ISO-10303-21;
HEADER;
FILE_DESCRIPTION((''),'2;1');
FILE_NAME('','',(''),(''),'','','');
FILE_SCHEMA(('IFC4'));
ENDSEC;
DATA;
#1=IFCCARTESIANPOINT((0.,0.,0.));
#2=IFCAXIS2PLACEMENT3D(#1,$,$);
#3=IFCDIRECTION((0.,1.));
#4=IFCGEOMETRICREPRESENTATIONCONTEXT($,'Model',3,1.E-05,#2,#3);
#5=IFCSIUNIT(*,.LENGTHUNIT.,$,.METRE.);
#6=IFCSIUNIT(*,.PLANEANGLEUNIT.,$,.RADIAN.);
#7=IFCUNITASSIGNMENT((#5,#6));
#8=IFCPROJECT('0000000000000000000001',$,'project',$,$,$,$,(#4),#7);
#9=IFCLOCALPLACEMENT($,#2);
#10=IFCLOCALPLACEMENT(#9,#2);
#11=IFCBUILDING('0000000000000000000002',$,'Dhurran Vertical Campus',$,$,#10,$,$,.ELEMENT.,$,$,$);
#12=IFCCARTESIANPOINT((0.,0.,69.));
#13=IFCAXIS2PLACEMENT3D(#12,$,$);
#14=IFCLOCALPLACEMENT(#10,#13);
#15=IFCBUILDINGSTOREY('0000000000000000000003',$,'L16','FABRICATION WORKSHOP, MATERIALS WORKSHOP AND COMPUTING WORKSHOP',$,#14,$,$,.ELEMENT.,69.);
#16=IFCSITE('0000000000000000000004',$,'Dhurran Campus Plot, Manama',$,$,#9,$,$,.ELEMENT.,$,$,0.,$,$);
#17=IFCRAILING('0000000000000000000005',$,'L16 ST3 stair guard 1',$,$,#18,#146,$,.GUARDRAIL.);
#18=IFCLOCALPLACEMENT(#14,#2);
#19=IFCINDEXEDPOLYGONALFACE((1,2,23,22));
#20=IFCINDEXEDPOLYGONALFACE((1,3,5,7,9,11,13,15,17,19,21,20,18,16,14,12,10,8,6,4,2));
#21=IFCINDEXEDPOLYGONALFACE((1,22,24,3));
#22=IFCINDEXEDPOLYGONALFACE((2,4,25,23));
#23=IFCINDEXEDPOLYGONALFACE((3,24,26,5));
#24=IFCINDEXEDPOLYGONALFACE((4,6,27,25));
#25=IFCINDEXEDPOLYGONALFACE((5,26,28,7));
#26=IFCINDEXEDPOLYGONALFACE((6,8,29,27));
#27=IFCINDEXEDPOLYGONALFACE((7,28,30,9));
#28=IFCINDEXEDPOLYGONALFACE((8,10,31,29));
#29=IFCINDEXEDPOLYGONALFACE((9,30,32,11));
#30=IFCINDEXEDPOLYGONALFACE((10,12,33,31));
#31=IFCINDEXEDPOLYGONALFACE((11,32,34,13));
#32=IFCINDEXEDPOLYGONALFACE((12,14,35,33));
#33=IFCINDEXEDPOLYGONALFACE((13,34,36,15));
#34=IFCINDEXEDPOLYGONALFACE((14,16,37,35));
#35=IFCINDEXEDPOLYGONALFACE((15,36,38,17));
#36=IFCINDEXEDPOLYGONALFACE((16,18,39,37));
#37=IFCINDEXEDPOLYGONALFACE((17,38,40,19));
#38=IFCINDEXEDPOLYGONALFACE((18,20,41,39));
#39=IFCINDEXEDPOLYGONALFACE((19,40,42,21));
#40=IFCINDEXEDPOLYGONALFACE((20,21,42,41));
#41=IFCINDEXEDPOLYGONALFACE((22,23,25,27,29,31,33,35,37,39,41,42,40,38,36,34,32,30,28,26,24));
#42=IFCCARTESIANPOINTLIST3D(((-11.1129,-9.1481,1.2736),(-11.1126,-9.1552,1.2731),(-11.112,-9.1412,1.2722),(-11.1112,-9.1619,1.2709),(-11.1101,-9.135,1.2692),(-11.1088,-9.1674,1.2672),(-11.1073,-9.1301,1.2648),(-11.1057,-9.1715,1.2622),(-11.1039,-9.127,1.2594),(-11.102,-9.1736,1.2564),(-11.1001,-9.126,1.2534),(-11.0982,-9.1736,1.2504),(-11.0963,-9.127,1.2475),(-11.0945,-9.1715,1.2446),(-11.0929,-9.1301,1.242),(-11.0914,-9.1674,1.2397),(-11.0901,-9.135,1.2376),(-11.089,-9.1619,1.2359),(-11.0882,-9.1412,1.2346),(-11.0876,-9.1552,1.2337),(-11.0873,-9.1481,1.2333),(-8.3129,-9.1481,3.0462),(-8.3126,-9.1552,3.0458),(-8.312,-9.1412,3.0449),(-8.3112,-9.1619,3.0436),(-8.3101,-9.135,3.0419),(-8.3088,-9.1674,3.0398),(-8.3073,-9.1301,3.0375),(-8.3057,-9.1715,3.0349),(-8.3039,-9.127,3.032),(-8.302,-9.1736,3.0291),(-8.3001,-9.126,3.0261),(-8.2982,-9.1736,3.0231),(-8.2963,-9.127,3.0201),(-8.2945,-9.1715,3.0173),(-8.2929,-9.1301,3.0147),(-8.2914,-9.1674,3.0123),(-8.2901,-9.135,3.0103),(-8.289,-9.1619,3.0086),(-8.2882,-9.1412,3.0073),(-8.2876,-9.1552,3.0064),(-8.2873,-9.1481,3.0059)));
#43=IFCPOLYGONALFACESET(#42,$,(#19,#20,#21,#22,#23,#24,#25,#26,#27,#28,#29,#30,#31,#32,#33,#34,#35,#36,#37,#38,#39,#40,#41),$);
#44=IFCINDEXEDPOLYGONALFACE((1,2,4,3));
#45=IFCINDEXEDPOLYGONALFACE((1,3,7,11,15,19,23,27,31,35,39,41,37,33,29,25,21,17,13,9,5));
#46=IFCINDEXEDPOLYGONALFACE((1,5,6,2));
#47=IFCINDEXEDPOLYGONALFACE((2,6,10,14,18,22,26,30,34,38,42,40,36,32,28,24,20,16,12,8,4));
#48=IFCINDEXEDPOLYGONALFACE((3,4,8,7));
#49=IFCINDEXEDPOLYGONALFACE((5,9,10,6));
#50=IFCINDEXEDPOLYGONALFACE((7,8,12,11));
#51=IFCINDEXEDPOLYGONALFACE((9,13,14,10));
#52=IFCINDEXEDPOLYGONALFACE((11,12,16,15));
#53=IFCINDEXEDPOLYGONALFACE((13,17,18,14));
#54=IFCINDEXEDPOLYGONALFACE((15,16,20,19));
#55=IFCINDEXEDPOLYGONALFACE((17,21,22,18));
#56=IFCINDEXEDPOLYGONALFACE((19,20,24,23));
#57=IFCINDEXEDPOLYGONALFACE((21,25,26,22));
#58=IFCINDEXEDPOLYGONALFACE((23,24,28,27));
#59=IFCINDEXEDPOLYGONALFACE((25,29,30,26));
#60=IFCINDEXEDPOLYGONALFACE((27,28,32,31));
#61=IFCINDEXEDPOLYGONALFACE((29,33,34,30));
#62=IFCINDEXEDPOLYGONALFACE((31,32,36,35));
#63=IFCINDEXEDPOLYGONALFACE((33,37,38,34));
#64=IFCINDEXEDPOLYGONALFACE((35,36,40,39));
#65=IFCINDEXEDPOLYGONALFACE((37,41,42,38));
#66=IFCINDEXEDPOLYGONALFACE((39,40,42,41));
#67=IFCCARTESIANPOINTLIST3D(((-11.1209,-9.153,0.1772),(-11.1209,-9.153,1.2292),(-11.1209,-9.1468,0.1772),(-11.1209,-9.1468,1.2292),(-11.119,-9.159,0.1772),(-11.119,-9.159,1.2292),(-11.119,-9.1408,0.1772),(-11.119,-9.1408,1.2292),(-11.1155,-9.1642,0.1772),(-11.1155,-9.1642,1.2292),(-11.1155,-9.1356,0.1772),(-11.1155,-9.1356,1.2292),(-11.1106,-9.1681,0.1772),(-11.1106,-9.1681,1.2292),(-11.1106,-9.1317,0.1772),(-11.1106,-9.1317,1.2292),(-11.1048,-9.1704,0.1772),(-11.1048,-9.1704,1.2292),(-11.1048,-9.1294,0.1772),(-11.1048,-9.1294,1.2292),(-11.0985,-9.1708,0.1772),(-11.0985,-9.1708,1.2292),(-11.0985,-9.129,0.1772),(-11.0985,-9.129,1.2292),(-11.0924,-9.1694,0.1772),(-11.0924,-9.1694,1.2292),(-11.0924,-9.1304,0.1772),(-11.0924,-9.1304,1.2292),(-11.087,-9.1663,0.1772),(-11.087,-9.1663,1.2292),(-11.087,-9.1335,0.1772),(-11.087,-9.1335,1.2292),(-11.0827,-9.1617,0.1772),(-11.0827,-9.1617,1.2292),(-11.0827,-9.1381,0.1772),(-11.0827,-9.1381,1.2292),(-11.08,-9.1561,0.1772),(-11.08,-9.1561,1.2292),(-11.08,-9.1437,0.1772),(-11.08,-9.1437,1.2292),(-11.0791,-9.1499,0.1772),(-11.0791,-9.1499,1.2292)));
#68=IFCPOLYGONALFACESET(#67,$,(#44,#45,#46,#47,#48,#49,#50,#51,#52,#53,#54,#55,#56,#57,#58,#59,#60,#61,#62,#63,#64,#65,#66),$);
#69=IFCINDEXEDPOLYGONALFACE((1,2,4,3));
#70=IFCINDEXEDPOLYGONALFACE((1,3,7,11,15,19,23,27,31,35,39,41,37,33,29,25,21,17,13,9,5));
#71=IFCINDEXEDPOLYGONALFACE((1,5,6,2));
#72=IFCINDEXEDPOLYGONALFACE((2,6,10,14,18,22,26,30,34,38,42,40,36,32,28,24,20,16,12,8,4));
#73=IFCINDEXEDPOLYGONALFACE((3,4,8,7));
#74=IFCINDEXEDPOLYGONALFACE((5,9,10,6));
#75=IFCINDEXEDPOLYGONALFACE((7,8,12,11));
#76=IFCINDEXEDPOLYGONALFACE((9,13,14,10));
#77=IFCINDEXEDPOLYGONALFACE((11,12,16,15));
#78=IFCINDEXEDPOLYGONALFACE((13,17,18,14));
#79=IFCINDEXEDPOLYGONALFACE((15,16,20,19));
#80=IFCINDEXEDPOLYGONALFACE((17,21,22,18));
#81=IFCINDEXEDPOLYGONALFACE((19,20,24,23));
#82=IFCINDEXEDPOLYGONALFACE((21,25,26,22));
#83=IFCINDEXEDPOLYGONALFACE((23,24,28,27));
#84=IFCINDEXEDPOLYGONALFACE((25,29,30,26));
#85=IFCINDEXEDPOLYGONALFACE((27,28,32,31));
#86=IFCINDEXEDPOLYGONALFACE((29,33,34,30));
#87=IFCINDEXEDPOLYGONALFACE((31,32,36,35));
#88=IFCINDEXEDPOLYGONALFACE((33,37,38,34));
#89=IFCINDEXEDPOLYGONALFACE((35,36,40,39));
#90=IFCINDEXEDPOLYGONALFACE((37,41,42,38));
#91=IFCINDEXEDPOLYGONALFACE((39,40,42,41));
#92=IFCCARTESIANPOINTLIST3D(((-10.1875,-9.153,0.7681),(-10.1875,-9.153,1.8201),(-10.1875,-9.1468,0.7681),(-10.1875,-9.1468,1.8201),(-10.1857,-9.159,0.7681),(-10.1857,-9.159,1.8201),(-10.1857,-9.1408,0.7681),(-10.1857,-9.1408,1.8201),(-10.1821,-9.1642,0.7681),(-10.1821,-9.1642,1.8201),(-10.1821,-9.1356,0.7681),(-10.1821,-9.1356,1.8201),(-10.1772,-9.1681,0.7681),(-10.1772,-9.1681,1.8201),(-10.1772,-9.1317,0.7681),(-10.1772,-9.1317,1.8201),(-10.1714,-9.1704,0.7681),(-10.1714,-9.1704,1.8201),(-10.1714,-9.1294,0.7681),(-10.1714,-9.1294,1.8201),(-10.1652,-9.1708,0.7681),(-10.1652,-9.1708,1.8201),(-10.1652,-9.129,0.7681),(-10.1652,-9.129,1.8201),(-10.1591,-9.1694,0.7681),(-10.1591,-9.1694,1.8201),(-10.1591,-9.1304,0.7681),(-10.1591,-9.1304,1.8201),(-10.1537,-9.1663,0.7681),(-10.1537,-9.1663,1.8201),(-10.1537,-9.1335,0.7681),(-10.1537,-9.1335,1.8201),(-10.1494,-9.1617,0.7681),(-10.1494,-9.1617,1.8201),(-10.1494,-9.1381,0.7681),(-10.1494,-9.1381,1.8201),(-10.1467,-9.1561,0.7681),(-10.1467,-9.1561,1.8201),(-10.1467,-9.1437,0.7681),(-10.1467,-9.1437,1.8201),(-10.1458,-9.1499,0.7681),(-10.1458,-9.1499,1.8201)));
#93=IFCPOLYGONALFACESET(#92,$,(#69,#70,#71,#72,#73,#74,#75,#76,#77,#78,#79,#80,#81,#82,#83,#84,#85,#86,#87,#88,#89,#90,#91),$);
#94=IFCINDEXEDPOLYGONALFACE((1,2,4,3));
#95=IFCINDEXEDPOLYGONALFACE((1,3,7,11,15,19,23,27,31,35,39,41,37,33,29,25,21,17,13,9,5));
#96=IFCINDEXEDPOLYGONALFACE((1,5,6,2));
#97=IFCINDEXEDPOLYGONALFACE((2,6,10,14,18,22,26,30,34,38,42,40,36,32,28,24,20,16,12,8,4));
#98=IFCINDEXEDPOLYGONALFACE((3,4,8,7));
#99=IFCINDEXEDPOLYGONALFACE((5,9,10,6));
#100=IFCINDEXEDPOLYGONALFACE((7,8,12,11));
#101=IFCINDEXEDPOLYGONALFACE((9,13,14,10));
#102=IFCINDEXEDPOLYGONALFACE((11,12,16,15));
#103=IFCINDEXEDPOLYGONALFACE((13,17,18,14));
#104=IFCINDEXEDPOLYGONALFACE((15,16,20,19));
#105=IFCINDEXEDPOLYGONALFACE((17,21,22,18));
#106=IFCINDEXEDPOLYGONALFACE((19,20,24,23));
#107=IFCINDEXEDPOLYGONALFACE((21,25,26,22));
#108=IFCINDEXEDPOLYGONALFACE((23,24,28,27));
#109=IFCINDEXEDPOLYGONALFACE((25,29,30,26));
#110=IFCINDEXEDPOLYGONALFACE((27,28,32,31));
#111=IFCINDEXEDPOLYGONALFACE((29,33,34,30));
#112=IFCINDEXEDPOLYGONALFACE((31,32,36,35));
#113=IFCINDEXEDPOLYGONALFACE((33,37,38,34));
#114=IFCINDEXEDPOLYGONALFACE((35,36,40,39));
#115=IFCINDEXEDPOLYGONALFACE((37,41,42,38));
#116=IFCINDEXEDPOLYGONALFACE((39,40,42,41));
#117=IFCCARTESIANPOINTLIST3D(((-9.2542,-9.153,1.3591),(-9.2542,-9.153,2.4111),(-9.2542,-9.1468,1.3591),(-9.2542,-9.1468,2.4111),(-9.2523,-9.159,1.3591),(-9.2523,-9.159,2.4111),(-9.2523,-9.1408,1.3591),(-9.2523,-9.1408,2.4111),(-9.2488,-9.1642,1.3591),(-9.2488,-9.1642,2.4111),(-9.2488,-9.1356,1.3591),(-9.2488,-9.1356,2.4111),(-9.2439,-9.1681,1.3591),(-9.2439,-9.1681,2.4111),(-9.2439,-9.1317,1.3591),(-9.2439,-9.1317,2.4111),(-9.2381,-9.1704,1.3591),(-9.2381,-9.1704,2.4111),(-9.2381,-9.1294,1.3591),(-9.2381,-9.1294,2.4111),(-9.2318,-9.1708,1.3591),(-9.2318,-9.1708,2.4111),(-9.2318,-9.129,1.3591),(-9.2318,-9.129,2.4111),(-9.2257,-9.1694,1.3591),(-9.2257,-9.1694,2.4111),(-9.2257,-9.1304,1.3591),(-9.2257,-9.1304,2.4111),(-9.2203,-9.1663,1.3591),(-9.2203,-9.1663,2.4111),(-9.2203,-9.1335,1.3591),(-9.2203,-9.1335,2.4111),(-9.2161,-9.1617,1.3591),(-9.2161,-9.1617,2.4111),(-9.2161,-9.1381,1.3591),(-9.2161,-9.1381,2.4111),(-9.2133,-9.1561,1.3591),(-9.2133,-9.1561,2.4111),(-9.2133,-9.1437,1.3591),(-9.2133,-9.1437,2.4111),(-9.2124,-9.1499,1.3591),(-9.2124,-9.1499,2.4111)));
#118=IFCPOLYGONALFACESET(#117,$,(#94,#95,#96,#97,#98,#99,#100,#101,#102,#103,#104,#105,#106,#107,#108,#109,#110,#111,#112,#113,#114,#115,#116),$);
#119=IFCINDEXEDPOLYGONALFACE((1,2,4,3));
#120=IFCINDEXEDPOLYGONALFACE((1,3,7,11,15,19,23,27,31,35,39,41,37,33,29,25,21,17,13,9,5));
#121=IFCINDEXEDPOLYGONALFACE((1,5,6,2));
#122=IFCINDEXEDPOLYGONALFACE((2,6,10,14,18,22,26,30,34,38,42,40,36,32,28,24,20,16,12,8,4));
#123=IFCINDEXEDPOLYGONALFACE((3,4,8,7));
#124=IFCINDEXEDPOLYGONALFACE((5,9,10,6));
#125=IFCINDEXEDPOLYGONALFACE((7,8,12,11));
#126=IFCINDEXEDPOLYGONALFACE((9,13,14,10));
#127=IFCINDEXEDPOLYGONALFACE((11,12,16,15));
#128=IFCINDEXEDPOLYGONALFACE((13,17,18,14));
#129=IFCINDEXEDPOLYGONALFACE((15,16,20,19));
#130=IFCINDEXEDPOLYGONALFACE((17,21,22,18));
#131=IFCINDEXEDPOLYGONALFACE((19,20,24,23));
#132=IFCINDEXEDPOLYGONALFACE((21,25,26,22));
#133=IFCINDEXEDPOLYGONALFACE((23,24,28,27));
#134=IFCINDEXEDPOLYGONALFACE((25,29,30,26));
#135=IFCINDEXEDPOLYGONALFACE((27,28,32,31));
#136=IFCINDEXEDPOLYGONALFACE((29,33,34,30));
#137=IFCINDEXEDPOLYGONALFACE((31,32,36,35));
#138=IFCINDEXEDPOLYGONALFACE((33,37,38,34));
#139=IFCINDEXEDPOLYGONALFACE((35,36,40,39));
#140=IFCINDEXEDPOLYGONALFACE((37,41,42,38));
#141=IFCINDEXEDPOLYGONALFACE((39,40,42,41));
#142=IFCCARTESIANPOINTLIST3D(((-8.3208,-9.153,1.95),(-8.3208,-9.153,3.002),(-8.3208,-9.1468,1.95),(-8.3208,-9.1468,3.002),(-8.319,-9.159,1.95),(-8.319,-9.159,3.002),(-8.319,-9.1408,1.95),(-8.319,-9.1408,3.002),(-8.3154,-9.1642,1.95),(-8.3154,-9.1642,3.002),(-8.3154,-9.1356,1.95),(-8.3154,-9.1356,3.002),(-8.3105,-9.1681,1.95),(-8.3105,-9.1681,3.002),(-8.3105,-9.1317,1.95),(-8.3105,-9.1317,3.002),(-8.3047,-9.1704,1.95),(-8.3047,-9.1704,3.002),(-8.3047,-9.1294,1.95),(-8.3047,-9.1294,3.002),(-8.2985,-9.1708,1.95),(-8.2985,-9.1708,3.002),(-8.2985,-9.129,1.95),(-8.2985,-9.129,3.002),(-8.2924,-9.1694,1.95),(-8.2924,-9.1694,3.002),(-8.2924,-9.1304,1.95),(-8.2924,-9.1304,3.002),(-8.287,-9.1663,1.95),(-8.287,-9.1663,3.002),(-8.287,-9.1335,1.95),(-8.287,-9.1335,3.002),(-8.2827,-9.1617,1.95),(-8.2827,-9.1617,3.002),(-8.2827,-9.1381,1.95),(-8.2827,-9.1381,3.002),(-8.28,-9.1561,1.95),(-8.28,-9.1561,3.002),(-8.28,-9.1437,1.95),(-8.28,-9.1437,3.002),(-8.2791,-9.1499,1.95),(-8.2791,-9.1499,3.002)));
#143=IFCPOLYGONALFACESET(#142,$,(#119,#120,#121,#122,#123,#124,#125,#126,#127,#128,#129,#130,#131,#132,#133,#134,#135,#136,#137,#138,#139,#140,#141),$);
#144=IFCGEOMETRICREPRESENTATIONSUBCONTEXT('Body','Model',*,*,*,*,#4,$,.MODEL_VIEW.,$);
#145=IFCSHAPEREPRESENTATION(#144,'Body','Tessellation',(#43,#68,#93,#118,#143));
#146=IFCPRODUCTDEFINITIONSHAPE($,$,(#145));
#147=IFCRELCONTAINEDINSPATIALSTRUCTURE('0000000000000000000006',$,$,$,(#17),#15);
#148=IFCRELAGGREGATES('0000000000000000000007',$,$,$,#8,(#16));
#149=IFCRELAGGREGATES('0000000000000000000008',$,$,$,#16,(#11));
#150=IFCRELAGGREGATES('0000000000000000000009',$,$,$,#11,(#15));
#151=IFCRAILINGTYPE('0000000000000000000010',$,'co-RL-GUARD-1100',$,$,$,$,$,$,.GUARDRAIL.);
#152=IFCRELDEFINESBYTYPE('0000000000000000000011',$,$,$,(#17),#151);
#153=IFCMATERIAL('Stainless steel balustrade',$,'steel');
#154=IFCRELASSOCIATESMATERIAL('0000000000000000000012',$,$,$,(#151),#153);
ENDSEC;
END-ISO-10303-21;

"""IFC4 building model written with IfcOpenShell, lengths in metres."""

from ifc_helpers import new_model, si_unit, direction, frame, origin, origin_2d, place, context, subcontext, project, spatial, circle, extrude, material, type_object, element, save


model = new_model("IFC4")

# Units and contexts
model_context = context("Model", 3, precision=1e-05, world=origin(), true_north=direction((0.0, 1.0)))
body_context = subcontext(model_context, "Body", "Model", "MODEL_VIEW")
ifc_project = project(units=[si_unit("LENGTHUNIT", "METRE"), si_unit("PLANEANGLEUNIT", "RADIAN")], contexts=[model_context])

# Site, building, storey
site_placement = place(None, origin())
site = spatial("IfcSite", under=ifc_project, at=site_placement, Name="Dhurran Campus Plot, Manama", CompositionType="ELEMENT", RefElevation=0.0)
building_placement = place(site_placement, origin())
building = spatial("IfcBuilding", under=site, at=building_placement, Name="Dhurran Vertical Campus", CompositionType="ELEMENT")
storey_placement = place(building_placement, frame((0.0, 0.0, 69.0)))
storey = spatial("IfcBuildingStorey", under=building, at=storey_placement, Name="L16", Description="FABRICATION WORKSHOP, MATERIALS WORKSHOP AND COMPUTING WORKSHOP", CompositionType="ELEMENT", Elevation=69.0)

# Railing
ifc_material_1 = material(Name="Stainless steel balustrade", Category="steel")
railing_type_1 = type_object("IfcRailingType", Name="co-RL-GUARD-1100", PredefinedType="GUARDRAIL", material=ifc_material_1)
railing_1_placement = place(storey_placement, frame((-11.1001, -9.1499, 0.1772)))
element("IfcRailing", 1, at=railing_1_placement, inside=storey, type_object=railing_type_1, Name="L16 ST3 stair guard 1", PredefinedType="GUARDRAIL", context=body_context, shape_type="SweptSolid", body=[
    extrude(circle(Radius=0.0239, at=origin_2d()), frame((0.0, 0.0, 1.0762), z_axis=(0.844909, 0.0, 0.53491), x_axis=(0.0, 1.0, 0.0)), (0.0, 0.0, 1.0), 3.314),
    extrude(circle(Radius=0.021, at=origin_2d()), origin(), (0.0, 0.0, 1.0), 1.052),
    extrude(circle(Radius=0.021, at=origin_2d()), frame((0.9333, 0.0, 0.5908)), (0.0, 0.0, 1.0), 1.052),
    extrude(circle(Radius=0.021, at=origin_2d()), frame((1.8667, 0.0, 1.1819)), (0.0, 0.0, 1.0), 1.052),
    extrude(circle(Radius=0.021, at=origin_2d()), frame((2.8, 0.0, 1.7727)), (0.0, 0.0, 1.0), 1.052),
])

save(model, "model.ifc")
